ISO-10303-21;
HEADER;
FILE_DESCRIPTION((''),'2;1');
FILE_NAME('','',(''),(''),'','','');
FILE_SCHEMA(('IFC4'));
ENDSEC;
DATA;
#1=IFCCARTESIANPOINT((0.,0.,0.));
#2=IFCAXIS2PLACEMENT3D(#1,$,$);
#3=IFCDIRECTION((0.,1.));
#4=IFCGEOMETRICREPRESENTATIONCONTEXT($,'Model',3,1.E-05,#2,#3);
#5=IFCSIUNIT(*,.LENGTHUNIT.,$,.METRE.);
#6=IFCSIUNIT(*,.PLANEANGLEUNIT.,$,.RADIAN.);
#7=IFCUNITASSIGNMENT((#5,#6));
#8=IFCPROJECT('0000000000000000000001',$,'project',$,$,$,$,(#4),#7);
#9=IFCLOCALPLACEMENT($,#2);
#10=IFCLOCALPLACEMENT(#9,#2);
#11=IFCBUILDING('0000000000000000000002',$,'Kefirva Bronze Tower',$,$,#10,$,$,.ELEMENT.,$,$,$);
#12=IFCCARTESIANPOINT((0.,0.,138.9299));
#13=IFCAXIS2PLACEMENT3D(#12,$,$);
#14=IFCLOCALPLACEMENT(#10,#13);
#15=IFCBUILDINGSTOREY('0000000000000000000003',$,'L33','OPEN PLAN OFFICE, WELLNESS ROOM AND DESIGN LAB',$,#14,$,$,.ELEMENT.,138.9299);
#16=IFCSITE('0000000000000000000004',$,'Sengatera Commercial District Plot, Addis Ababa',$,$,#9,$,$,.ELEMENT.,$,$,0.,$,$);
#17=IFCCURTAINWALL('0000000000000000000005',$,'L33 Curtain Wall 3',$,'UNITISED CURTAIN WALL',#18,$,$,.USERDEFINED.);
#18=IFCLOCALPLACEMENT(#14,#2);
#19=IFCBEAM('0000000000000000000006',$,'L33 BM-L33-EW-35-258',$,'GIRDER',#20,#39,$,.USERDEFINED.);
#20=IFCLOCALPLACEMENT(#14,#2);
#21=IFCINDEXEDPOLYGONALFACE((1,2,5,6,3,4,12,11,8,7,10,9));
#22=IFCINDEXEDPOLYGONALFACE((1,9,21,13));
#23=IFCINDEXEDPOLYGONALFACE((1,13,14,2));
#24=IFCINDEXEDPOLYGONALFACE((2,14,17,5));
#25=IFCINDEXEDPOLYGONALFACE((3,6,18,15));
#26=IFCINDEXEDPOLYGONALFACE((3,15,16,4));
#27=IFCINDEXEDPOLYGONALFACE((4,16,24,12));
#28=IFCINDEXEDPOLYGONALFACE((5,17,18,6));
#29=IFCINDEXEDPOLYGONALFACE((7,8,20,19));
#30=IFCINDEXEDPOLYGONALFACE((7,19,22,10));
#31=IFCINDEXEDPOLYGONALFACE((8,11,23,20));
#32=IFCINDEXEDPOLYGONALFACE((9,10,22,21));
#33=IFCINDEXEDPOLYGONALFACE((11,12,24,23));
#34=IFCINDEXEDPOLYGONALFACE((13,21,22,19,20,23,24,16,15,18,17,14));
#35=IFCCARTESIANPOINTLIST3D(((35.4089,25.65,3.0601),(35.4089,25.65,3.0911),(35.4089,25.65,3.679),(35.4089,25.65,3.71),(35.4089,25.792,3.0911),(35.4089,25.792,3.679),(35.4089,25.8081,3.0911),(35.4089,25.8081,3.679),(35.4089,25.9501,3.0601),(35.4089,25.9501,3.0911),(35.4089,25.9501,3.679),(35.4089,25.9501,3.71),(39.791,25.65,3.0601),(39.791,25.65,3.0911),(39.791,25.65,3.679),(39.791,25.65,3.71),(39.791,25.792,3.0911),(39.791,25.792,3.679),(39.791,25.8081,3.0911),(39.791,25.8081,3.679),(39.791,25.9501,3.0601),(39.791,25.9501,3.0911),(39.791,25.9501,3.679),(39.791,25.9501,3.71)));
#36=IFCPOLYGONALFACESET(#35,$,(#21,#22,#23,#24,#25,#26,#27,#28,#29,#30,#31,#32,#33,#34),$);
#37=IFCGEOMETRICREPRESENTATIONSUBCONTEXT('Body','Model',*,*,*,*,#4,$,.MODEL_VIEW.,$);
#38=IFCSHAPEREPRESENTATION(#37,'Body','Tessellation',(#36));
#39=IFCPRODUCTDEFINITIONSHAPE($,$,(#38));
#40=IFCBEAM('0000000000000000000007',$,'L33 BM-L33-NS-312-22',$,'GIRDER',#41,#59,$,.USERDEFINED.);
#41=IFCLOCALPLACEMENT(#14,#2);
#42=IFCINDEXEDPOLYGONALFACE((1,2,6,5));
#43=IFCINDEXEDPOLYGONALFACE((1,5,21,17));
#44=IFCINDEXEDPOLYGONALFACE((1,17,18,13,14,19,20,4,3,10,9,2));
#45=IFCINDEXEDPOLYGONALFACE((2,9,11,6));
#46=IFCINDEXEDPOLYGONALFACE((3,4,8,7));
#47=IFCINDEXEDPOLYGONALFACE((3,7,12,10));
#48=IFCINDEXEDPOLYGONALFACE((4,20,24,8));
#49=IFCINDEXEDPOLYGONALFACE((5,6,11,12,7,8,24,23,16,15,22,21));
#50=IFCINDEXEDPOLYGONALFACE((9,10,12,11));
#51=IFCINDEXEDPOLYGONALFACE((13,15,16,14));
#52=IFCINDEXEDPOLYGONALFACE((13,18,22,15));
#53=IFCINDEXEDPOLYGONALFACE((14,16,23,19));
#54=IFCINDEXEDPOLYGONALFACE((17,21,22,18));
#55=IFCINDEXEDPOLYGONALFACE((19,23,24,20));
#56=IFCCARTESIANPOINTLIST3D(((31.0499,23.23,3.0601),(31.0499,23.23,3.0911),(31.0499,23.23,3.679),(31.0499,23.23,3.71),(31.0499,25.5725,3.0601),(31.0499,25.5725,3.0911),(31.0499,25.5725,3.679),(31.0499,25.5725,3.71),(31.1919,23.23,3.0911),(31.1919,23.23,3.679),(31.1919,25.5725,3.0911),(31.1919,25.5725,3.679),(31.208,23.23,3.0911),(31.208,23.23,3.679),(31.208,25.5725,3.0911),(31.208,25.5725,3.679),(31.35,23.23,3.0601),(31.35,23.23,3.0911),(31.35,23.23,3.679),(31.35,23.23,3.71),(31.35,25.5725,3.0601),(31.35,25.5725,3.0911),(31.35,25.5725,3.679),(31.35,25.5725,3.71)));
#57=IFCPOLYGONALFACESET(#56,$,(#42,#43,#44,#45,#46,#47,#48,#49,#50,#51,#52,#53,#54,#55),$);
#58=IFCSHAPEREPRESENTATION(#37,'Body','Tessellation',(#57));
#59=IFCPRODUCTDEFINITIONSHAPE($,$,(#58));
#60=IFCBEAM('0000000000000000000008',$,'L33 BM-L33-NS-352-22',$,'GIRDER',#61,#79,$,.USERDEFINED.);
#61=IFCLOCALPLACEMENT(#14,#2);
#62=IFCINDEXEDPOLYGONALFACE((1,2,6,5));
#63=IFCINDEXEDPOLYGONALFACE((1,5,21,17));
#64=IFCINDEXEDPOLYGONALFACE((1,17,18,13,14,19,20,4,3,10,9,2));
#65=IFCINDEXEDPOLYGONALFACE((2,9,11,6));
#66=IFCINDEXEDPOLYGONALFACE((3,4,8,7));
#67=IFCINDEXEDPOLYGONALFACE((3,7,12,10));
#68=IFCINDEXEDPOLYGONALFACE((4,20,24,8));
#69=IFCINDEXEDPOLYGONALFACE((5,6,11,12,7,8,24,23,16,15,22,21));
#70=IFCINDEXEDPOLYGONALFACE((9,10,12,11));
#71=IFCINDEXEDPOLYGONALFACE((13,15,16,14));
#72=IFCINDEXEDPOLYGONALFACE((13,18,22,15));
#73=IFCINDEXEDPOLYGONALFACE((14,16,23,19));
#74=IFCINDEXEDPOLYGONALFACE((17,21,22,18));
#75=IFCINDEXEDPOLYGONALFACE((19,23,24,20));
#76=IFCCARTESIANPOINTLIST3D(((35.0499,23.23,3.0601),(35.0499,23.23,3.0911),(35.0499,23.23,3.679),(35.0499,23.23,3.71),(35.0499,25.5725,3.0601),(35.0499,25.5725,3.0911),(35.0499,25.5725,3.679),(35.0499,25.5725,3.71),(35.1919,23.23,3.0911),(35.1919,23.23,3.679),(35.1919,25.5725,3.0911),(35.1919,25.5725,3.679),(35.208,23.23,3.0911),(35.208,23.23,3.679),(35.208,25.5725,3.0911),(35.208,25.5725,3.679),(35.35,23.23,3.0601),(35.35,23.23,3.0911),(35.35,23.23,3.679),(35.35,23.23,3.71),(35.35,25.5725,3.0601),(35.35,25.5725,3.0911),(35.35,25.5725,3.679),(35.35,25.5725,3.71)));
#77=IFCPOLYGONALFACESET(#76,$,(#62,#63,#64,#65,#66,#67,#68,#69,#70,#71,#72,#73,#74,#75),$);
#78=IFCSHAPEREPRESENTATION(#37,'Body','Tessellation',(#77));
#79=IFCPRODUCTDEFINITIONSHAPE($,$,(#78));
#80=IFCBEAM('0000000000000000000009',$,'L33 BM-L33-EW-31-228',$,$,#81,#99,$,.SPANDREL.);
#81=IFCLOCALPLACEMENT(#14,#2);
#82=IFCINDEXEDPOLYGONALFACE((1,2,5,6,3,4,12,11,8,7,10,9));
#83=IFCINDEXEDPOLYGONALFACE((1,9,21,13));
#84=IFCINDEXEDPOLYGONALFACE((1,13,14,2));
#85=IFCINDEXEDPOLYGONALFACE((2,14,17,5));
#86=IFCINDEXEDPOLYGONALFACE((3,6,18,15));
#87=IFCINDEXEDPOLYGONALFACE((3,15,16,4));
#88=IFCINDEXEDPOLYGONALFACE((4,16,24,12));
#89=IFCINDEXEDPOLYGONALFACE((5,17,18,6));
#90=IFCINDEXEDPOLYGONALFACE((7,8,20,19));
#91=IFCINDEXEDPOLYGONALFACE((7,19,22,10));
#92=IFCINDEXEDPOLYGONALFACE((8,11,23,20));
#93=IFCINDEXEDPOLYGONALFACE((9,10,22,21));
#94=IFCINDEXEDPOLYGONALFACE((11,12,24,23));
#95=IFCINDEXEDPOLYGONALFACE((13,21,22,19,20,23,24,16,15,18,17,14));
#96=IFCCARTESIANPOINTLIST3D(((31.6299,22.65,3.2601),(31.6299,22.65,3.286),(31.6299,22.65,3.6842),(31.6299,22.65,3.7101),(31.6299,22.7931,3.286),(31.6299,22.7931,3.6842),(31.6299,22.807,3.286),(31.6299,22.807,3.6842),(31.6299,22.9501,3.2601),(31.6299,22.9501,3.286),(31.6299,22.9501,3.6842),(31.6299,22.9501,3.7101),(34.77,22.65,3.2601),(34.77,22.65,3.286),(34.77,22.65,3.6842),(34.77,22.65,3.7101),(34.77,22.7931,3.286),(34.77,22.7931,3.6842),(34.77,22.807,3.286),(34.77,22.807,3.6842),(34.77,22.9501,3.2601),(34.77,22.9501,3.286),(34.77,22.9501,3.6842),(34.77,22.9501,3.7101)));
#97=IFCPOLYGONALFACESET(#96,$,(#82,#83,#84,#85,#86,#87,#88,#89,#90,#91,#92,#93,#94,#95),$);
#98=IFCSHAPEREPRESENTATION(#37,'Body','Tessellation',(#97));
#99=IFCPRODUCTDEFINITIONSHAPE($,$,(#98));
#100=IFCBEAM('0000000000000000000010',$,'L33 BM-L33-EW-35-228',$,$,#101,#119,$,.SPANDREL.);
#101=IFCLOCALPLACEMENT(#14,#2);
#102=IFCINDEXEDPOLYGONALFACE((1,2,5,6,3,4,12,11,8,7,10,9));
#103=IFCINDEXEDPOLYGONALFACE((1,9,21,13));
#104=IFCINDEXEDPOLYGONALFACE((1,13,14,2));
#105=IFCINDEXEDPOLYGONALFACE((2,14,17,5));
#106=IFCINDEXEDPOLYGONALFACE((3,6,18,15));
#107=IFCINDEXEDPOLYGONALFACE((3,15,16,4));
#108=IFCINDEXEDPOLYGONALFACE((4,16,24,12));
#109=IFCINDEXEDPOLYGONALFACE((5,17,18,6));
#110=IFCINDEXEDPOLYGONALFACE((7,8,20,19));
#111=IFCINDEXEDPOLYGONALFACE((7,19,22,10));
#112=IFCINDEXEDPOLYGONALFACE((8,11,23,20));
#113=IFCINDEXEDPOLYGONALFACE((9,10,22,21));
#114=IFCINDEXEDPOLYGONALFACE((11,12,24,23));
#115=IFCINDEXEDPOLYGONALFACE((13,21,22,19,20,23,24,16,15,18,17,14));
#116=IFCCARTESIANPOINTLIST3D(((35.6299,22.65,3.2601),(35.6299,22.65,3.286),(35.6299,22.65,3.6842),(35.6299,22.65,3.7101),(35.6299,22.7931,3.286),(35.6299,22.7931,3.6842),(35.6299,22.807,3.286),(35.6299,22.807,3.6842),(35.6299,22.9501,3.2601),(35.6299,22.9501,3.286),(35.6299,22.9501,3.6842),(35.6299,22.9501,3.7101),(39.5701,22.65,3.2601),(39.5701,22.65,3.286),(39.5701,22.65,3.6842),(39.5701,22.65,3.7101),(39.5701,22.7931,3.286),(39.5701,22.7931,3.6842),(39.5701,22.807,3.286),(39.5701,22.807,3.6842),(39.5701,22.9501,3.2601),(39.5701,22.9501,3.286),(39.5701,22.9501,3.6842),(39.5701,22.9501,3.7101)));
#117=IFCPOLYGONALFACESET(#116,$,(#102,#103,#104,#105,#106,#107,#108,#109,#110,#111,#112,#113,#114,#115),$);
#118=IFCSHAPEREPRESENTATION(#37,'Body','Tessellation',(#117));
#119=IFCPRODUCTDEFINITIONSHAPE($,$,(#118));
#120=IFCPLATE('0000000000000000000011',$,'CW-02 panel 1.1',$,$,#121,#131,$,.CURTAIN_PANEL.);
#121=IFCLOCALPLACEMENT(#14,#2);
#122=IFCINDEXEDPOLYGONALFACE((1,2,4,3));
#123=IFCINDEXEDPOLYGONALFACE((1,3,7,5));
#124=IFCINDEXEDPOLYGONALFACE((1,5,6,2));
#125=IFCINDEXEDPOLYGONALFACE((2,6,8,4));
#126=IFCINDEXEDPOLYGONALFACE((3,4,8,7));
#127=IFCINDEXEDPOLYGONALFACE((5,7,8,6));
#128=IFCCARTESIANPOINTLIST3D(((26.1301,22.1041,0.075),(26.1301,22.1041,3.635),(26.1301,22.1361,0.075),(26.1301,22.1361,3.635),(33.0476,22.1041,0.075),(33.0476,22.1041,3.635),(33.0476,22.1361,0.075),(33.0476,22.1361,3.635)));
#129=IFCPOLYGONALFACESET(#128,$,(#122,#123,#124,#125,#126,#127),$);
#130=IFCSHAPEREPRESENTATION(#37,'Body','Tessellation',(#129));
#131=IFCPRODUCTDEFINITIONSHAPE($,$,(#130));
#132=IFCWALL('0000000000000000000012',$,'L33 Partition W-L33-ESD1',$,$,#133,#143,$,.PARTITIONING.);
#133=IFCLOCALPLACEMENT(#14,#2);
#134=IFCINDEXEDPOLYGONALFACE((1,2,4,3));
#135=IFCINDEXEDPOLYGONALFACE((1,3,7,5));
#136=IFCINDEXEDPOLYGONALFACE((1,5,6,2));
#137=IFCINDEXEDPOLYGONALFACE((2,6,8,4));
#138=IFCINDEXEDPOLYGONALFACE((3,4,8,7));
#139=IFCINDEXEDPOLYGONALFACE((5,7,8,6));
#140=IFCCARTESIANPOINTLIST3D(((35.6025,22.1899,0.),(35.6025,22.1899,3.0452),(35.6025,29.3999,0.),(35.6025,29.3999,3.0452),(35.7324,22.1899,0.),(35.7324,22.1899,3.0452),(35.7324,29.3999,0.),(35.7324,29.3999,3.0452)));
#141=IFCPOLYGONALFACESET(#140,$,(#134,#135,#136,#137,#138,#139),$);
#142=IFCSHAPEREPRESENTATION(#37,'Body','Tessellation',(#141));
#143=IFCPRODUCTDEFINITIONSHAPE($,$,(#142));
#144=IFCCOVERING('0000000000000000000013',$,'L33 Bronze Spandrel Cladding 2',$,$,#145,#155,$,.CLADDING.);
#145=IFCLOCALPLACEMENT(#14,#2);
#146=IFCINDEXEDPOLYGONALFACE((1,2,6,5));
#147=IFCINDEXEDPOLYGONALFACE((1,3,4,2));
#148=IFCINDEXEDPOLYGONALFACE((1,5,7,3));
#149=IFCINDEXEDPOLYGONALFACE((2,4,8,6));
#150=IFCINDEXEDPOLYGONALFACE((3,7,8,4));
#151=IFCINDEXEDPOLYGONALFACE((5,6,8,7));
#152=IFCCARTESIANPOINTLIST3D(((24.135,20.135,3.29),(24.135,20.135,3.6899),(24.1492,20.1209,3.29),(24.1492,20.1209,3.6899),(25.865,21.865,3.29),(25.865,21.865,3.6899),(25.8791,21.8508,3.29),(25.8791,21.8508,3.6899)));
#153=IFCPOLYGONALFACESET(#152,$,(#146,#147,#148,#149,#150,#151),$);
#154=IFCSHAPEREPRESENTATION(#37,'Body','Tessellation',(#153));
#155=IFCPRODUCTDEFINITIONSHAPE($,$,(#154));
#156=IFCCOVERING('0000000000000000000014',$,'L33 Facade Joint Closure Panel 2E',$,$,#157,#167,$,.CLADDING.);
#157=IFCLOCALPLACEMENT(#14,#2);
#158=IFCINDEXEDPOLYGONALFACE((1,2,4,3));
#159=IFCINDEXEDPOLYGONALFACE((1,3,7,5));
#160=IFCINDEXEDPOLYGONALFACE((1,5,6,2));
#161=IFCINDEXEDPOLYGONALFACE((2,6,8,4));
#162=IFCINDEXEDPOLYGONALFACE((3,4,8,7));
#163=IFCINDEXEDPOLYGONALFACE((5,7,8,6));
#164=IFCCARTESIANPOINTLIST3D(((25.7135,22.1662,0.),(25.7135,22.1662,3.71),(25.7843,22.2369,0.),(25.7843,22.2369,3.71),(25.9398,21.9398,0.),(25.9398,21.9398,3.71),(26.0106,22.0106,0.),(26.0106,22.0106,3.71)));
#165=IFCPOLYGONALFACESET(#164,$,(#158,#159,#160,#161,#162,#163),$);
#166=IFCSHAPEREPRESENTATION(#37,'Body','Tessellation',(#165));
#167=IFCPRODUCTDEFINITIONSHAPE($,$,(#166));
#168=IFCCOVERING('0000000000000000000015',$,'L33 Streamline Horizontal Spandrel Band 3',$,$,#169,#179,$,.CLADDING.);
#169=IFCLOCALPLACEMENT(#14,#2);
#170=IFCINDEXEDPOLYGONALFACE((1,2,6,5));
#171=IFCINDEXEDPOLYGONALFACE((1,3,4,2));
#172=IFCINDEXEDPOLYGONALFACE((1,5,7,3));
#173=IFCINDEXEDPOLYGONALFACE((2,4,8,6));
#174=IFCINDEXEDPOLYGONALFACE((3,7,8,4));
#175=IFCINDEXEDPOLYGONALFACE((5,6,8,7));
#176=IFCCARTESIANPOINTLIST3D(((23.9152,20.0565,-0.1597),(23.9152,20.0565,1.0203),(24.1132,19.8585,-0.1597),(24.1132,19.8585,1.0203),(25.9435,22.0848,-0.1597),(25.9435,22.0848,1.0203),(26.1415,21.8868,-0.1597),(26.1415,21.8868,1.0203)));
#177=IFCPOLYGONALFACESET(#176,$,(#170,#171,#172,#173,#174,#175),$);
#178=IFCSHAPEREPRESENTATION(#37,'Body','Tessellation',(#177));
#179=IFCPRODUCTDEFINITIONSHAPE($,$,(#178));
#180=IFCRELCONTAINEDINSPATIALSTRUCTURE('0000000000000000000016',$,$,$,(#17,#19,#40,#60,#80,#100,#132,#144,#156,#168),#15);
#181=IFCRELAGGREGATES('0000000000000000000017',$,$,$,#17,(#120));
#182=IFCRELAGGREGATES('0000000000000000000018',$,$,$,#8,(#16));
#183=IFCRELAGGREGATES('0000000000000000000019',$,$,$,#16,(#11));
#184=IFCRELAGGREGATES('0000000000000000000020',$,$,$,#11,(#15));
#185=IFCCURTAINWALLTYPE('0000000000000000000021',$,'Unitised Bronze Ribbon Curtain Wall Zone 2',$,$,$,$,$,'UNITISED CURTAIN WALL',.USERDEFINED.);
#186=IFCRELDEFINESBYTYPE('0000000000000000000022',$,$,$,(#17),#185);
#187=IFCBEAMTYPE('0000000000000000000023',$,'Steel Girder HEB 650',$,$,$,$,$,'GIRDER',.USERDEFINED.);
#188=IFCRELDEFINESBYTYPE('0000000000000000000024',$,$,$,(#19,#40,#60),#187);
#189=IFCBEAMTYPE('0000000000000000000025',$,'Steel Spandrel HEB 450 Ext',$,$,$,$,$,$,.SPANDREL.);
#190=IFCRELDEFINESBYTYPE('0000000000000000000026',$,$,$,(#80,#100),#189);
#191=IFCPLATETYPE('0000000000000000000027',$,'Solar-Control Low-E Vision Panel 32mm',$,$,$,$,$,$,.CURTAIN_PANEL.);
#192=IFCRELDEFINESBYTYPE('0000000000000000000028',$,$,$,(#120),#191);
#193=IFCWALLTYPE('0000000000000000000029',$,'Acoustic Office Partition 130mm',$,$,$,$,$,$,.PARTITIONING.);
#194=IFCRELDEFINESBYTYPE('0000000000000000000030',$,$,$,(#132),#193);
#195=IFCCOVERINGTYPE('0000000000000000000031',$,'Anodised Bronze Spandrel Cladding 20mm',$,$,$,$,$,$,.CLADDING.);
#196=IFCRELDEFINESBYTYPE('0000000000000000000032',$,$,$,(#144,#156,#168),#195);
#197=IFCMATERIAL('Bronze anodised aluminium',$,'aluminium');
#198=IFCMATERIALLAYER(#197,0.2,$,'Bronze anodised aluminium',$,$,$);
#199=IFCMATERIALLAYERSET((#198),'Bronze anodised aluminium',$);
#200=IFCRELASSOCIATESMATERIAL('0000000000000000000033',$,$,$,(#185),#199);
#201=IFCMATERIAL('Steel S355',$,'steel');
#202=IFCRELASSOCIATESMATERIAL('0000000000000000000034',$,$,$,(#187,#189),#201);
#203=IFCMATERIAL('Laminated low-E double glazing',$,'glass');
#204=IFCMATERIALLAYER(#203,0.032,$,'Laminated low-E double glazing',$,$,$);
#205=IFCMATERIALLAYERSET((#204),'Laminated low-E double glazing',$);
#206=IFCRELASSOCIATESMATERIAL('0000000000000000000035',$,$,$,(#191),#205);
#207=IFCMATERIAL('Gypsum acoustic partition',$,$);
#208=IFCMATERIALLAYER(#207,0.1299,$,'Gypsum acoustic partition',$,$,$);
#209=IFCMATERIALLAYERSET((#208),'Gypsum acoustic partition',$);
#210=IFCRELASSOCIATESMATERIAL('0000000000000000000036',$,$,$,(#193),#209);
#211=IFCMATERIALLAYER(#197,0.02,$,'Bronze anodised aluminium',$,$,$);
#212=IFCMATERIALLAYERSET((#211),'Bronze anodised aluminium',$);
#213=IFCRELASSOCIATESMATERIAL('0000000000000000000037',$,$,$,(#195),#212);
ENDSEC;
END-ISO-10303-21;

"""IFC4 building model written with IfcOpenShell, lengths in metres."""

from ifc_helpers import new_model, si_unit, direction, frame, frame_2d, origin, origin_2d, place, context, subcontext, project, spatial, rectangle, i_section, extrude, material, layer, layer_set, material_profile, profile_set, type_object, element, aggregate, save


model = new_model("IFC4")

# Units and contexts
model_context = context("Model", 3, precision=1e-05, world=origin(), true_north=direction((0.0, 1.0)))
body_context = subcontext(model_context, "Body", "Model", "MODEL_VIEW")
ifc_project = project(units=[si_unit("LENGTHUNIT", "METRE"), si_unit("PLANEANGLEUNIT", "RADIAN")], contexts=[model_context])

# Site, building, storey
site_placement = place(None, origin())
site = spatial("IfcSite", under=ifc_project, at=site_placement, Name="Sengatera Commercial District Plot, Addis Ababa", CompositionType="ELEMENT", RefElevation=0.0)
building_placement = place(site_placement, origin())
building = spatial("IfcBuilding", under=site, at=building_placement, Name="Kefirva Bronze Tower", CompositionType="ELEMENT")
storey_placement = place(building_placement, frame((0.0, 0.0, 138.9299)))
storey = spatial("IfcBuildingStorey", under=building, at=storey_placement, Name="L33", Description="OPEN PLAN OFFICE, WELLNESS ROOM AND DESIGN LAB", CompositionType="ELEMENT", Elevation=138.9299)

# Curtain wall
ifc_material_1 = material(Name="Bronze anodised aluminium", Category="aluminium")
ifc_layer_1 = layer(ifc_material_1, 0.2, Name="Bronze anodised aluminium")
ifc_layer_set_1 = layer_set([ifc_layer_1], Name="Bronze anodised aluminium")
curtain_wall_type = type_object("IfcCurtainWallType", Name="Unitised Bronze Ribbon Curtain Wall Zone 2", ElementType="UNITISED CURTAIN WALL", PredefinedType="USERDEFINED", material=ifc_layer_set_1)
curtain_wall_placement = place(storey_placement, origin())
curtain_wall = element("IfcCurtainWall", 1, at=curtain_wall_placement, inside=storey, type_object=curtain_wall_type, Name="L33 Curtain Wall 3", ObjectType="UNITISED CURTAIN WALL", PredefinedType="USERDEFINED")

# Beams
ifc_material_2 = material(Name="Steel S355", Category="steel")
ifc_material_profile_1 = material_profile(ifc_material_2, i_section(OverallWidth=0.3, OverallDepth=0.6499, WebThickness=0.0161, FlangeThickness=0.031, at=origin_2d()), Name="HEB 650")
ifc_profile_set_1 = profile_set([ifc_material_profile_1], Name="Steel S355")
beam_type_1 = type_object("IfcBeamType", Name="Steel Girder HEB 650", ElementType="GIRDER", PredefinedType="USERDEFINED", material=ifc_profile_set_1)
beam_1_placement = place(storey_placement, frame((35.4089, 25.8, 3.385), z_axis=(1.0, 0.0, 0.0), x_axis=(0.0, 1.0, 0.0)))
element("IfcBeam", 2, at=beam_1_placement, inside=storey, type_object=beam_type_1, Name="L33 BM-L33-EW-35-258", ObjectType="GIRDER", PredefinedType="USERDEFINED", context=body_context, shape_type="SweptSolid", body=[
    extrude(i_section(OverallWidth=0.3, OverallDepth=0.6499, WebThickness=0.0161, FlangeThickness=0.031, at=origin_2d()), origin(), (0.0, 0.0, 1.0), 4.3821),
])
for number, where, z_axis, x_axis, name in (
    (3, (31.2, 23.23, 3.385), (0.0, 1.0, 0.0), (-1.0, 0.0, 0.0), "L33 BM-L33-NS-312-22"),
    (4, (35.2, 23.23, 3.385), (0.0, 1.0, 0.0), (-1.0, 0.0, 0.0), "L33 BM-L33-NS-352-22"),
):
    element("IfcBeam", number, at=place(storey_placement, frame(where, z_axis=z_axis, x_axis=x_axis)), inside=storey, type_object=beam_type_1, Name=name, ObjectType="GIRDER", PredefinedType="USERDEFINED", context=body_context, shape_type="SweptSolid", body=[
        extrude(i_section(OverallWidth=0.3, OverallDepth=0.6499, WebThickness=0.0161, FlangeThickness=0.031, at=origin_2d()), origin(), (0.0, 0.0, 1.0), 2.3425),
    ])
ifc_material_profile_2 = material_profile(ifc_material_2, i_section(OverallWidth=0.3, OverallDepth=0.45, WebThickness=0.0139, FlangeThickness=0.0259, at=origin_2d()), Name="HEB 450")
ifc_profile_set_2 = profile_set([ifc_material_profile_2], Name="Steel S355")
beam_type_2 = type_object("IfcBeamType", Name="Steel Spandrel HEB 450 Ext", PredefinedType="SPANDREL", material=ifc_profile_set_2)
beam_2_placement = place(storey_placement, frame((31.6299, 22.8, 3.4851), z_axis=(1.0, 0.0, 0.0), x_axis=(0.0, 1.0, 0.0)))
element("IfcBeam", 5, at=beam_2_placement, inside=storey, type_object=beam_type_2, Name="L33 BM-L33-EW-31-228", PredefinedType="SPANDREL", context=body_context, shape_type="SweptSolid", body=[
    extrude(i_section(OverallWidth=0.3, OverallDepth=0.45, WebThickness=0.0139, FlangeThickness=0.0259, at=origin_2d()), origin(), (0.0, 0.0, 1.0), 3.1401),
])
beam_3_placement = place(storey_placement, frame((35.6299, 22.8, 3.4851), z_axis=(1.0, 0.0, 0.0), x_axis=(0.0, 1.0, 0.0)))
element("IfcBeam", 6, at=beam_3_placement, inside=storey, type_object=beam_type_2, Name="L33 BM-L33-EW-35-228", PredefinedType="SPANDREL", context=body_context, shape_type="SweptSolid", body=[
    extrude(i_section(OverallWidth=0.3, OverallDepth=0.45, WebThickness=0.0139, FlangeThickness=0.0259, at=origin_2d()), origin(), (0.0, 0.0, 1.0), 3.9402),
])

# Plate
ifc_material_3 = material(Name="Laminated low-E double glazing", Category="glass")
ifc_layer_2 = layer(ifc_material_3, 0.032, Name="Laminated low-E double glazing")
ifc_layer_set_2 = layer_set([ifc_layer_2], Name="Laminated low-E double glazing")
plate_type = type_object("IfcPlateType", Name="Solar-Control Low-E Vision Panel 32mm", PredefinedType="CURTAIN_PANEL", material=ifc_layer_set_2)
plate_placement = place(storey_placement, frame((29.5889, 22.1201, 0.075), z_axis=(0.0, 0.0, 1.0), x_axis=(1.0, 0.0, 0.0)))
plate = element("IfcPlate", 7, at=plate_placement, type_object=plate_type, Name="CW-02 panel 1.1", PredefinedType="CURTAIN_PANEL", context=body_context, shape_type="SweptSolid", body=[
    extrude(rectangle(XDim=6.9175, YDim=0.032, at=origin_2d()), origin(), (0.0, 0.0, 1.0), 3.5601),
])
aggregate(curtain_wall, [plate])

# Wall
ifc_material_4 = material(Name="Gypsum acoustic partition")
ifc_layer_3 = layer(ifc_material_4, 0.1299, Name="Gypsum acoustic partition")
ifc_layer_set_3 = layer_set([ifc_layer_3], Name="Gypsum acoustic partition")
wall_type = type_object("IfcWallType", Name="Acoustic Office Partition 130mm", PredefinedType="PARTITIONING", material=ifc_layer_set_3)
wall_placement = place(storey_placement, frame((35.6675, 22.1899, 0.0), z_axis=(0.0, 0.0, 1.0), x_axis=(0.0, 1.0, 0.0)))
element("IfcWall", 8, at=wall_placement, inside=storey, type_object=wall_type, Name="L33 Partition W-L33-ESD1", PredefinedType="PARTITIONING", context=body_context, shape_type="SweptSolid", body=[
    extrude(rectangle(XDim=7.21, YDim=0.1299, at=frame_2d((3.605, 0.0))), origin(), (0.0, 0.0, 1.0), 3.0452),
])

# Coverings
ifc_layer_4 = layer(ifc_material_1, 0.02, Name="Bronze anodised aluminium")
ifc_layer_set_4 = layer_set([ifc_layer_4], Name="Bronze anodised aluminium")
covering_type_1 = type_object("IfcCoveringType", Name="Anodised Bronze Spandrel Cladding 20mm", PredefinedType="CLADDING", material=ifc_layer_set_4)
covering_1_placement = place(storey_placement, frame((25.0071, 20.9929, 3.29), z_axis=(0.0, 0.0, 1.0), x_axis=(0.707107, 0.707107, 0.0)))
element("IfcCovering", 9, at=covering_1_placement, inside=storey, type_object=covering_type_1, Name="L33 Bronze Spandrel Cladding 2", PredefinedType="CLADDING", context=body_context, shape_type="SweptSolid", body=[
    extrude(rectangle(XDim=2.4465, YDim=0.02, at=origin_2d()), origin(), (0.0, 0.0, 1.0), 0.3999),
])
covering_2_placement = place(storey_placement, frame((25.8621, 22.0884, 0.0), z_axis=(0.0, 0.0, 1.0), x_axis=(0.707107, 0.707107, 0.0)))
element("IfcCovering", 10, at=covering_2_placement, inside=storey, type_object=covering_type_1, Name="L33 Facade Joint Closure Panel 2E", PredefinedType="CLADDING", context=body_context, shape_type="SweptSolid", body=[
    extrude(rectangle(XDim=0.1001, YDim=0.3201, at=origin_2d()), origin(), (0.0, 0.0, 1.0), 3.71),
])
covering_3_placement = place(storey_placement, frame((25.0283, 20.9717, -0.1597), z_axis=(0.0, 0.0, 1.0), x_axis=(0.707107, 0.707107, 0.0)))
element("IfcCovering", 11, at=covering_3_placement, inside=storey, type_object=covering_type_1, Name="L33 Streamline Horizontal Spandrel Band 3", PredefinedType="CLADDING", context=body_context, shape_type="SweptSolid", body=[
    extrude(rectangle(XDim=2.8684, YDim=0.28, at=origin_2d()), origin(), (0.0, 0.0, 1.0), 1.1799),
])

save(model, "model.ifc")
